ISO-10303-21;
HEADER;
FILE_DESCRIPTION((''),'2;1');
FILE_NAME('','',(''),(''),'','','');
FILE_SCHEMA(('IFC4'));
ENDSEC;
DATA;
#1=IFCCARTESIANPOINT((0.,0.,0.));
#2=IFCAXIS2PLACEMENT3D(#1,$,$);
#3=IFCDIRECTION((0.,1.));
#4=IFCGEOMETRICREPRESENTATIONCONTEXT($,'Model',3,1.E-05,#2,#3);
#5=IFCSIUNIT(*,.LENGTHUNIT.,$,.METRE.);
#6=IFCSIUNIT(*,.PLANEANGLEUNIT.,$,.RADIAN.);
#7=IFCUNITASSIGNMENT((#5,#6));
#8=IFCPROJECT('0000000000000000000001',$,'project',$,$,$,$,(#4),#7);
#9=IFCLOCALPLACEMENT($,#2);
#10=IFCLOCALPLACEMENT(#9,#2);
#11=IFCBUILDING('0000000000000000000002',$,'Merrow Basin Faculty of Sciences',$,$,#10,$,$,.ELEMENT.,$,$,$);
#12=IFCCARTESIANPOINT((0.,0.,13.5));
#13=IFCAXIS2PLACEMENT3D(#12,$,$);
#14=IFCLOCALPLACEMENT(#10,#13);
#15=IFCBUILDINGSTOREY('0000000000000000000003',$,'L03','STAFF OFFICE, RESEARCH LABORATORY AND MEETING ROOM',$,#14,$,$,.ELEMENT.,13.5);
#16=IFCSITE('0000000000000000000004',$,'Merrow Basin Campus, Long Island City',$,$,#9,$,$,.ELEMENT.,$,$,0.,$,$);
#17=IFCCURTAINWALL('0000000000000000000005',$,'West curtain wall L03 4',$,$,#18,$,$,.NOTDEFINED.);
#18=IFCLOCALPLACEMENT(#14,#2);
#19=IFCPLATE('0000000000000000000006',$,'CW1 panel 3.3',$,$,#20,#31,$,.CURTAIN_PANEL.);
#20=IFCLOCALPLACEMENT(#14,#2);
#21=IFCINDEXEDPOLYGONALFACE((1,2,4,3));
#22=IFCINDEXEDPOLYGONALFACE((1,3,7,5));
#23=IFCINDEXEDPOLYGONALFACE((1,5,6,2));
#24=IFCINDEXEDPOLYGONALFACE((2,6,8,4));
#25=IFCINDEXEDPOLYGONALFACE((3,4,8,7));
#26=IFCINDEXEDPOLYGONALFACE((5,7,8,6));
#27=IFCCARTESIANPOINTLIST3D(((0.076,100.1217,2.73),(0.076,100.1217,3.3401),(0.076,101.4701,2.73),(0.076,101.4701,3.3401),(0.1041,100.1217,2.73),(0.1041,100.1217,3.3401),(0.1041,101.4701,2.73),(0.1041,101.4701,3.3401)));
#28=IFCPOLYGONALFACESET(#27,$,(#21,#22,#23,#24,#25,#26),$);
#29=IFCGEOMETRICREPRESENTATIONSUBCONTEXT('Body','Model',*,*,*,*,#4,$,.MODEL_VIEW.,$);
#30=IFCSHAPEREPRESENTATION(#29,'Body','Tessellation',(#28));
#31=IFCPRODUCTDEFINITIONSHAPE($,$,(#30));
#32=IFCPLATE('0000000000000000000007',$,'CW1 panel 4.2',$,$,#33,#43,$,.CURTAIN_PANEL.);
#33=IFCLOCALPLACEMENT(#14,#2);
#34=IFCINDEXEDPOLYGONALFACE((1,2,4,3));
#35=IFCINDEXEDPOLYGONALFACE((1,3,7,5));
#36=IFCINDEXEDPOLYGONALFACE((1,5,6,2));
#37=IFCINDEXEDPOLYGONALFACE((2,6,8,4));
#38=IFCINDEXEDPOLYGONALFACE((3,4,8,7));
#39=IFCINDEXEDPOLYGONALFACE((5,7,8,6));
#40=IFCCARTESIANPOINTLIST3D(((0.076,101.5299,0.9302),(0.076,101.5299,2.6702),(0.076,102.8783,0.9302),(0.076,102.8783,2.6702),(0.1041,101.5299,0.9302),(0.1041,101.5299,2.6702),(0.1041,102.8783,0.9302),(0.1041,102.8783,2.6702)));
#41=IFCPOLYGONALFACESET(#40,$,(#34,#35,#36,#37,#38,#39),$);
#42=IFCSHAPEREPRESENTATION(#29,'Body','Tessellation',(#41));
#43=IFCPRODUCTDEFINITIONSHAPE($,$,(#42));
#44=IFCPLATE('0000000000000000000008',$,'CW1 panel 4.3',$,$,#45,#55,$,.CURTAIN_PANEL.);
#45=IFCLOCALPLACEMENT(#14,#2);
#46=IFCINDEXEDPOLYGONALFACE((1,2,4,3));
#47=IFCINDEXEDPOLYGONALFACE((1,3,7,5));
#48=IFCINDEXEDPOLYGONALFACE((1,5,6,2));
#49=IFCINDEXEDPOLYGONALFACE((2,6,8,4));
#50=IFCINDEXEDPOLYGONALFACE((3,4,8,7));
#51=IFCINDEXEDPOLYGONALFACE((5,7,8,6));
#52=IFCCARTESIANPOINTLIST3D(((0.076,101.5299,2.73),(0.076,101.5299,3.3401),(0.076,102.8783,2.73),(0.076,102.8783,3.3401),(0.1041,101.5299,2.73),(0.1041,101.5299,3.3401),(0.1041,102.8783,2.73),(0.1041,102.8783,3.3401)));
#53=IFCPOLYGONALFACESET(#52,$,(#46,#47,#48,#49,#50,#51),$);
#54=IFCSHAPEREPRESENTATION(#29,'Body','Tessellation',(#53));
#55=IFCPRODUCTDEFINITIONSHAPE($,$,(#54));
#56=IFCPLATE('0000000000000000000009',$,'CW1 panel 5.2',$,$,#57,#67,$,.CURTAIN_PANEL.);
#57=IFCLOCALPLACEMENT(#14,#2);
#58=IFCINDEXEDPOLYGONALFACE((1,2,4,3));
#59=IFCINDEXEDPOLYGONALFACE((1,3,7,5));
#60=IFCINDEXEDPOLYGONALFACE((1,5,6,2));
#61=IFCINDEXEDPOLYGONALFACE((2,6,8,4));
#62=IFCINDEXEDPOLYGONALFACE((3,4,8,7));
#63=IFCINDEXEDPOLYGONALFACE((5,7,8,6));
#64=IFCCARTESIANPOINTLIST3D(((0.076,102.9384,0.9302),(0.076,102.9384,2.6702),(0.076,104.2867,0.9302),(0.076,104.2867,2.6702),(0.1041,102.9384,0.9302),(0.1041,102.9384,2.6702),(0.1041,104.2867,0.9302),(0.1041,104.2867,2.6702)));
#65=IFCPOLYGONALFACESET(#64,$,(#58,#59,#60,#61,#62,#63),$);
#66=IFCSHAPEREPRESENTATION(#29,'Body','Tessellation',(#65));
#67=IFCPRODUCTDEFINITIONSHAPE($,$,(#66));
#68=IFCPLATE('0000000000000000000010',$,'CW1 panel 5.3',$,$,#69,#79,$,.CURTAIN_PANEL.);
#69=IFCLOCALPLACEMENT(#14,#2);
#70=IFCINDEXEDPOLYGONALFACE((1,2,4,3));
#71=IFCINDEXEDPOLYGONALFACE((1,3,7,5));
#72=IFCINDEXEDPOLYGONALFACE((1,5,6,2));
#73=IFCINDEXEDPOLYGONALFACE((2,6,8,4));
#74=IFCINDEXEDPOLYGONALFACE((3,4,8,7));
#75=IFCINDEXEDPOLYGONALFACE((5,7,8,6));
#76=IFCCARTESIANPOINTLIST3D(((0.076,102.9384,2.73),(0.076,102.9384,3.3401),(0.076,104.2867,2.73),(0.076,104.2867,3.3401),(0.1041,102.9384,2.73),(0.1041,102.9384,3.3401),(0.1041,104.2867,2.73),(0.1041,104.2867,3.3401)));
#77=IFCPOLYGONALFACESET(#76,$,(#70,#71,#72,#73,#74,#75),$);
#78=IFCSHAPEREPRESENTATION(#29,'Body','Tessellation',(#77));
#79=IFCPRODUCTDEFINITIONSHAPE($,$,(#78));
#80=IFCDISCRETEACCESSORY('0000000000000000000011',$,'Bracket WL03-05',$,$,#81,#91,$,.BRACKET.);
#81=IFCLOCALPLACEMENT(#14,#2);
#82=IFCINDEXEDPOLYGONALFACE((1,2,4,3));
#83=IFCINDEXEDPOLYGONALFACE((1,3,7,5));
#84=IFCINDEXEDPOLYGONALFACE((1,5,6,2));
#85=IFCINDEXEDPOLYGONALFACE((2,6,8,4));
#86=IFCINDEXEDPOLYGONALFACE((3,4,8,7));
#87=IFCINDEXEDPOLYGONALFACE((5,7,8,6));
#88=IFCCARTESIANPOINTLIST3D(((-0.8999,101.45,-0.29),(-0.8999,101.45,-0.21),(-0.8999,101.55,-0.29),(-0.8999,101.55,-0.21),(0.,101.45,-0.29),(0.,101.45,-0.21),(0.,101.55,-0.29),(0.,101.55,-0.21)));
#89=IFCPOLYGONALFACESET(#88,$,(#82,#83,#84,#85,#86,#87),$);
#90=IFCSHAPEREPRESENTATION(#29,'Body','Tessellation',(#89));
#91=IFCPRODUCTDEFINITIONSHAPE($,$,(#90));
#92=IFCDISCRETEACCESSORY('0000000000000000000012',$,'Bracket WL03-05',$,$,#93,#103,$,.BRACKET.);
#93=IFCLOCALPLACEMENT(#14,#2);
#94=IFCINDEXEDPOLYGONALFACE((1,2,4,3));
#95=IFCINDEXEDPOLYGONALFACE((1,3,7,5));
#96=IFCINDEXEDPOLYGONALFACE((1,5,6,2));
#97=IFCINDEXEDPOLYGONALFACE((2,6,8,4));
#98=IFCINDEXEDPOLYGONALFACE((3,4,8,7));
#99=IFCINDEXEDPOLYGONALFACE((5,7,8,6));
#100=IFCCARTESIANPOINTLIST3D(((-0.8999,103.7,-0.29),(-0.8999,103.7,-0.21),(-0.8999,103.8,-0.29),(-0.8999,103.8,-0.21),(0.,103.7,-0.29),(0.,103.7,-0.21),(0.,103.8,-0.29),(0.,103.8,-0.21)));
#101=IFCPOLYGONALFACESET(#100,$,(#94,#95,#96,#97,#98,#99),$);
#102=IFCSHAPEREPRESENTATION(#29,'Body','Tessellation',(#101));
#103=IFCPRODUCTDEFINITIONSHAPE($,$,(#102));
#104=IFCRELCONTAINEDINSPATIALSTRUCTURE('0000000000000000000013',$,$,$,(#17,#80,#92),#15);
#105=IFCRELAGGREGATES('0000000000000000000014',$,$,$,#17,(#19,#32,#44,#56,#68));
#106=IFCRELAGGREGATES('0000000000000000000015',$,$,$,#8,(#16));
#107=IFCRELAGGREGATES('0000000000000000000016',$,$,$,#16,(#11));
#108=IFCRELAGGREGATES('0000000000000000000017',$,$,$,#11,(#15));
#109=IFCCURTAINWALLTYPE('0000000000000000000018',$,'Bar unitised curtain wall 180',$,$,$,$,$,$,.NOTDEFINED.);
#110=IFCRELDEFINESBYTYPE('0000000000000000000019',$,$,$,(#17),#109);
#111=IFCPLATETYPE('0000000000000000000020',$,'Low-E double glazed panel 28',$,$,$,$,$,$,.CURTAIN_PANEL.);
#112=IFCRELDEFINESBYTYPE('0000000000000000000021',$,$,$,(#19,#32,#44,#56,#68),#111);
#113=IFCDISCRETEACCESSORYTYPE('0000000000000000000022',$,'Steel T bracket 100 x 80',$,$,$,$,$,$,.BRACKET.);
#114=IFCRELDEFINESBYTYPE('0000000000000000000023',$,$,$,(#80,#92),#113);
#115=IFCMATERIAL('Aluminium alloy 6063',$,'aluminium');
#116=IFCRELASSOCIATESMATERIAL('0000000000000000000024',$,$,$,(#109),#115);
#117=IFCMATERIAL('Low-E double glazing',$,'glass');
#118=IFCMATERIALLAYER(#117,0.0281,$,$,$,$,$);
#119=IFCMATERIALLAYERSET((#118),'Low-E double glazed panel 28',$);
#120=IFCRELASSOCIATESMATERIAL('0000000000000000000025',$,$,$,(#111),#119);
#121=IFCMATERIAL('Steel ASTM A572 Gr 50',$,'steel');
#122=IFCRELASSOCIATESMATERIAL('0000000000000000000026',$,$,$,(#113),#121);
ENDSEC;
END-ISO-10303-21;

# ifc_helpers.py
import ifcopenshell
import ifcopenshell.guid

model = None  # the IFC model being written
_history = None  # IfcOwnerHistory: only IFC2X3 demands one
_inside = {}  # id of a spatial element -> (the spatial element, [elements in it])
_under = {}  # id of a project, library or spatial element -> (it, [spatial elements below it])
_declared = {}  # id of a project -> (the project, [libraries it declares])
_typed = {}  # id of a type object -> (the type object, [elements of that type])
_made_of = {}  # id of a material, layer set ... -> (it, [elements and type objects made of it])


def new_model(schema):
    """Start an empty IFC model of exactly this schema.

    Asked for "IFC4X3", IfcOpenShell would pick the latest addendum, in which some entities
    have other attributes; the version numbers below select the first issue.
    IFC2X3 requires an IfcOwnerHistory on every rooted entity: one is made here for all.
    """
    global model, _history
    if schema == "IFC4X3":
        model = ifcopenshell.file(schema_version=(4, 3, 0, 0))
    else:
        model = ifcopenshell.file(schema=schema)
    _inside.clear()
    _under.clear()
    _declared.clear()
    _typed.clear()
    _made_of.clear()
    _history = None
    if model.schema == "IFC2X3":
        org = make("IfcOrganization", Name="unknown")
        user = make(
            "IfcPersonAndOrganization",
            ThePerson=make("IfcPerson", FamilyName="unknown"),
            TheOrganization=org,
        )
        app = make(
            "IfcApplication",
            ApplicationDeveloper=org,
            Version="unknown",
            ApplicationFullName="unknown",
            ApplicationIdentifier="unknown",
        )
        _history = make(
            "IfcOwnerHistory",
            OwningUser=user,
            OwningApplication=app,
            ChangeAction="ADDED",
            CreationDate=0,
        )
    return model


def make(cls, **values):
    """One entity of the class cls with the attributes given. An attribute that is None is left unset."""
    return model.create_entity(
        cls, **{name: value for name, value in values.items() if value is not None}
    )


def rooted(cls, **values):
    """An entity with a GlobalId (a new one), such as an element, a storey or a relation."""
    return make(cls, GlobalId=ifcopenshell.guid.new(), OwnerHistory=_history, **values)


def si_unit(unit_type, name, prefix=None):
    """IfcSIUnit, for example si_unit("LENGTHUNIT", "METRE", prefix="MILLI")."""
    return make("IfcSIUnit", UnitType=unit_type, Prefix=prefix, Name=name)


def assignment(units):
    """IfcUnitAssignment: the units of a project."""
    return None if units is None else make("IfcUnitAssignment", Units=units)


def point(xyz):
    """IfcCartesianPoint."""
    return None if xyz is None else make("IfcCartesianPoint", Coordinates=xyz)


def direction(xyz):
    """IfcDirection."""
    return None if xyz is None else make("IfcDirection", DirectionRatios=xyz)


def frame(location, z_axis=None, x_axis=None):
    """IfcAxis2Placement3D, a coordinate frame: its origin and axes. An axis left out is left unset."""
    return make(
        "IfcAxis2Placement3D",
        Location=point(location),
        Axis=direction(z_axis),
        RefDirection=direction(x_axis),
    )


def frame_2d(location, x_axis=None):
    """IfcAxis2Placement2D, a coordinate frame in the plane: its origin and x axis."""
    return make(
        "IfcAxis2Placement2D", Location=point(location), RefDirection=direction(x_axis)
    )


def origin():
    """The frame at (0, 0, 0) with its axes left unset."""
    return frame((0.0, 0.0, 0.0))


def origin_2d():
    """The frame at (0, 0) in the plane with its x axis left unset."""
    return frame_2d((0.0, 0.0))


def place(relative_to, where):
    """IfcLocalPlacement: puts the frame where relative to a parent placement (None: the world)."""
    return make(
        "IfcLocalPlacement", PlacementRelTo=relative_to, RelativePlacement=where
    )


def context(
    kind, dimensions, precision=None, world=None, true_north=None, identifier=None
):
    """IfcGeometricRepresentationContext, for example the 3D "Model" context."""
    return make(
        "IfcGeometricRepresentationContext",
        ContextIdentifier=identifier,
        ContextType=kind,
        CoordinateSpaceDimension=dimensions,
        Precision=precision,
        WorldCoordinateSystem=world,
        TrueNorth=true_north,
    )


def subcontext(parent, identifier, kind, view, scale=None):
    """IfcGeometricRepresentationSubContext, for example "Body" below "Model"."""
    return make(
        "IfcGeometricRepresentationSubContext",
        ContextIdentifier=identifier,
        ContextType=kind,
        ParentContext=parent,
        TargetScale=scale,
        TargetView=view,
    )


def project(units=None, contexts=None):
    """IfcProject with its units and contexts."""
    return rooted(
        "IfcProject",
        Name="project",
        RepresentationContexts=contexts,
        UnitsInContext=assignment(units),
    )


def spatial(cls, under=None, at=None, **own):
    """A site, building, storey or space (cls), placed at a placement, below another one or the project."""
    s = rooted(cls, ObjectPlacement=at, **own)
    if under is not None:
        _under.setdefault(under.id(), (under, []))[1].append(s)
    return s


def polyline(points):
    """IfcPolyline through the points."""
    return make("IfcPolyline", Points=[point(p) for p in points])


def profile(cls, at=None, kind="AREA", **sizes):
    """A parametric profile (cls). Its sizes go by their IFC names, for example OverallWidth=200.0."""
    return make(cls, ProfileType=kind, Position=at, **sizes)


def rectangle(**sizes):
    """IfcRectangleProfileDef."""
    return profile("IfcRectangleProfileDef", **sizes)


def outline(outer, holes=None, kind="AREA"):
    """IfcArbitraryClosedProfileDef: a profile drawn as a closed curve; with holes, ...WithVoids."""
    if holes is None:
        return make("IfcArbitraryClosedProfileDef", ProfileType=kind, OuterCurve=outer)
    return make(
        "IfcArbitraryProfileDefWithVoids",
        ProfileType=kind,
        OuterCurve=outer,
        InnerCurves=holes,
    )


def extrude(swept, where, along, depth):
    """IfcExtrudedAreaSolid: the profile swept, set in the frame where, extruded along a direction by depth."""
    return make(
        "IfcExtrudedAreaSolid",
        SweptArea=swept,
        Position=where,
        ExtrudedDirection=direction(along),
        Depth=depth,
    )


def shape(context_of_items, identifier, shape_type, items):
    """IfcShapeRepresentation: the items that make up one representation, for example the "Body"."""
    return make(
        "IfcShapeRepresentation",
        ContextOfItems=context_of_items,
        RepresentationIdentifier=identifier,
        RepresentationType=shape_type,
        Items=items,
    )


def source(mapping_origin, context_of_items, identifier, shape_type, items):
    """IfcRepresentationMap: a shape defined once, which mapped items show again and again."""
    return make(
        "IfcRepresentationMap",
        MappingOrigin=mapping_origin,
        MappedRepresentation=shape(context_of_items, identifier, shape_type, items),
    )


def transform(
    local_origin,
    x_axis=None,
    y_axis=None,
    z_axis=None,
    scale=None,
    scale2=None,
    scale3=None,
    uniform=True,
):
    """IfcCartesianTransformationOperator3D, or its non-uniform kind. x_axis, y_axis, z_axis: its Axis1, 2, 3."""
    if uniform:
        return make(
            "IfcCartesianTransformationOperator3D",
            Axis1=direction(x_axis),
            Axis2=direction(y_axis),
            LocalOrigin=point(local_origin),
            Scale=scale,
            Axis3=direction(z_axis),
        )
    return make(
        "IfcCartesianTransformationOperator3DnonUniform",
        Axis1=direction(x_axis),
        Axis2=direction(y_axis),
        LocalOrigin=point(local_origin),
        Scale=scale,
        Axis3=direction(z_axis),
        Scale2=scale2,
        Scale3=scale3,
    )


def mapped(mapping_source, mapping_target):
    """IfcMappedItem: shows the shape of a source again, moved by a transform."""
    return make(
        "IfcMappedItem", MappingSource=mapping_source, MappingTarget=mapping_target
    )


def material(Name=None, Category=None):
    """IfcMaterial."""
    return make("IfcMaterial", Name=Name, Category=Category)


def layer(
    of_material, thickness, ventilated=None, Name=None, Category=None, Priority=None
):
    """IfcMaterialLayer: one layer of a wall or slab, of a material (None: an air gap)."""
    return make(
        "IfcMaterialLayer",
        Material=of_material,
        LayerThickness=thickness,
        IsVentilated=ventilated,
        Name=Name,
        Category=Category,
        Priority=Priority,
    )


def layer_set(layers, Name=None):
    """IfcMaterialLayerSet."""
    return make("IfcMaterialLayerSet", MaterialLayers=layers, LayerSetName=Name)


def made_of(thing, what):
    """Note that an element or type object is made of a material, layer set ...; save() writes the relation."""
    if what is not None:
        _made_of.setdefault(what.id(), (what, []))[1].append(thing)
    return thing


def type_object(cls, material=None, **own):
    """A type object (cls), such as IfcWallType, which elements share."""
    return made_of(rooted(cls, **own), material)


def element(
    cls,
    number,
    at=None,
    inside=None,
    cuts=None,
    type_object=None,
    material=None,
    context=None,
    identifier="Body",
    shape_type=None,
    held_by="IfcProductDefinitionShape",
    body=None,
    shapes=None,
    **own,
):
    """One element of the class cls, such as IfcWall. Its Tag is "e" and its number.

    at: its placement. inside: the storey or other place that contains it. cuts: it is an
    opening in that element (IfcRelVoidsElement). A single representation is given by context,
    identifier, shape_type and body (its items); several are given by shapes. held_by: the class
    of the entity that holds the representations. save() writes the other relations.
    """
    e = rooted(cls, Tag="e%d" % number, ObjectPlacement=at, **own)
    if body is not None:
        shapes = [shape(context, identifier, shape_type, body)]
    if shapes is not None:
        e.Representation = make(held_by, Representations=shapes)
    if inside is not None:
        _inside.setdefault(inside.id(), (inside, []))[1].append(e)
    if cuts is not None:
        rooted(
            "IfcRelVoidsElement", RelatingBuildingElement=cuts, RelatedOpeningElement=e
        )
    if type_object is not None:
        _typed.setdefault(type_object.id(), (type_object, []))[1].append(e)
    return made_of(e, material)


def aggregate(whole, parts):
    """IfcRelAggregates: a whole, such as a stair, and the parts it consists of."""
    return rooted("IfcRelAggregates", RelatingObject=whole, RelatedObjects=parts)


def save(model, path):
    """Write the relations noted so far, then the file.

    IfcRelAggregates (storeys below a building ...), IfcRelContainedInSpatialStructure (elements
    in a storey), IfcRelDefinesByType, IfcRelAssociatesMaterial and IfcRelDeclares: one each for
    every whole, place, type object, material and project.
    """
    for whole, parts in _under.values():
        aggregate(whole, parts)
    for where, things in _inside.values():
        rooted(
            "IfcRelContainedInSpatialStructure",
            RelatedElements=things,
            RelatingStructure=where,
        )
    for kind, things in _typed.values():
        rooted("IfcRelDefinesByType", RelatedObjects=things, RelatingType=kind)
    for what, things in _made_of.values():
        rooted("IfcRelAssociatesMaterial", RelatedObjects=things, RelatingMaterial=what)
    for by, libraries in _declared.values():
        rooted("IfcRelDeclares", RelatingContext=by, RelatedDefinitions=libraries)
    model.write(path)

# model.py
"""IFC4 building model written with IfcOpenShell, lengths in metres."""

from ifc_helpers import new_model, si_unit, direction, frame, origin, origin_2d, place, context, subcontext, project, spatial, polyline, rectangle, outline, extrude, source, transform, mapped, material, layer, layer_set, type_object, element, aggregate, save


model = new_model("IFC4")

# Units and contexts
model_context = context("Model", 3, precision=1e-05, world=origin(), true_north=direction((0.0, 1.0)))
body_context = subcontext(model_context, "Body", "Model", "MODEL_VIEW")
ifc_project = project(units=[si_unit("LENGTHUNIT", "METRE"), si_unit("PLANEANGLEUNIT", "RADIAN")], contexts=[model_context])

# Site, building, storey
site_placement = place(None, origin())
site = spatial("IfcSite", under=ifc_project, at=site_placement, Name="Merrow Basin Campus, Long Island City", CompositionType="ELEMENT", RefElevation=0.0)
building_placement = place(site_placement, origin())
building = spatial("IfcBuilding", under=site, at=building_placement, Name="Merrow Basin Faculty of Sciences", CompositionType="ELEMENT")
storey_placement = place(building_placement, frame((0.0, 0.0, 13.5)))
storey = spatial("IfcBuildingStorey", under=building, at=storey_placement, Name="L03", Description="STAFF OFFICE, RESEARCH LABORATORY AND MEETING ROOM", CompositionType="ELEMENT", Elevation=13.5)

# Curtain wall, plates
ifc_material_1 = material(Name="Aluminium alloy 6063", Category="aluminium")
curtain_wall_type = type_object("IfcCurtainWallType", Name="Bar unitised curtain wall 180", PredefinedType="NOTDEFINED", material=ifc_material_1)
curtain_wall_placement = place(storey_placement, origin())
curtain_wall = element("IfcCurtainWall", 1, at=curtain_wall_placement, inside=storey, type_object=curtain_wall_type, Name="West curtain wall L03 4", PredefinedType="NOTDEFINED")
ifc_material_2 = material(Name="Low-E double glazing", Category="glass")
ifc_layer_1 = layer(ifc_material_2, 0.0281)
ifc_layer_set_1 = layer_set([ifc_layer_1], Name="Low-E double glazed panel 28")
plate_type_1 = type_object("IfcPlateType", Name="Low-E double glazed panel 28", PredefinedType="CURTAIN_PANEL", material=ifc_layer_set_1)
plate_1_placement = place(storey_placement, frame((0.0901, 100.7959, 2.73), z_axis=(0.0, 0.0, 1.0), x_axis=(0.0, 1.0, 0.0)))
plate_1 = element("IfcPlate", 2, at=plate_1_placement, type_object=plate_type_1, Name="CW1 panel 3.3", PredefinedType="CURTAIN_PANEL", context=body_context, shape_type="SweptSolid", body=[
    extrude(rectangle(XDim=1.3484, YDim=0.0281, at=origin_2d()), origin(), (0.0, 0.0, 1.0), 0.6101),
])
plate_2_placement = place(storey_placement, frame((0.0901, 102.2041, 0.9302), z_axis=(0.0, 0.0, 1.0), x_axis=(0.0, 1.0, 0.0)))
plate_2 = element("IfcPlate", 3, at=plate_2_placement, type_object=plate_type_1, Name="CW1 panel 4.2", PredefinedType="CURTAIN_PANEL", context=body_context, shape_type="SweptSolid", body=[
    extrude(rectangle(XDim=1.3484, YDim=0.0281, at=origin_2d()), origin(), (0.0, 0.0, 1.0), 1.74),
])
plate_3_placement = place(storey_placement, frame((0.0901, 102.2041, 2.73), z_axis=(0.0, 0.0, 1.0), x_axis=(0.0, 1.0, 0.0)))
plate_3 = element("IfcPlate", 4, at=plate_3_placement, type_object=plate_type_1, Name="CW1 panel 4.3", PredefinedType="CURTAIN_PANEL", context=body_context, shape_type="SweptSolid", body=[
    extrude(rectangle(XDim=1.3484, YDim=0.0281, at=origin_2d()), origin(), (0.0, 0.0, 1.0), 0.6101),
])
plate_4_placement = place(storey_placement, frame((0.0901, 103.6125, 0.9302), z_axis=(0.0, 0.0, 1.0), x_axis=(0.0, 1.0, 0.0)))
plate_4 = element("IfcPlate", 5, at=plate_4_placement, type_object=plate_type_1, Name="CW1 panel 5.2", PredefinedType="CURTAIN_PANEL", context=body_context, shape_type="SweptSolid", body=[
    extrude(rectangle(XDim=1.3484, YDim=0.0281, at=origin_2d()), origin(), (0.0, 0.0, 1.0), 1.74),
])
plate_5_placement = place(storey_placement, frame((0.0901, 103.6125, 2.73), z_axis=(0.0, 0.0, 1.0), x_axis=(0.0, 1.0, 0.0)))
plate_5 = element("IfcPlate", 6, at=plate_5_placement, type_object=plate_type_1, Name="CW1 panel 5.3", PredefinedType="CURTAIN_PANEL", context=body_context, shape_type="SweptSolid", body=[
    extrude(rectangle(XDim=1.3484, YDim=0.0281, at=origin_2d()), origin(), (0.0, 0.0, 1.0), 0.6101),
])
aggregate(curtain_wall, [plate_1, plate_2, plate_3, plate_4, plate_5])

# Discrete accessories
ifc_material_3 = material(Name="Steel ASTM A572 Gr 50", Category="steel")
discrete_accessory_type = type_object("IfcDiscreteAccessoryType", Name="Steel T bracket 100 x 80", PredefinedType="BRACKET", material=ifc_material_3)
shared_shape = source(origin(), body_context, "Body", "SweptSolid", [
    extrude(outline(polyline([(0.0, 0.0), (0.1001, 0.0), (0.1001, 0.0801), (0.0, 0.0801), (0.0, 0.0)])), origin(), (0.0, 0.0, 1.0), 0.8999),
])
for number, where, z_axis, x_axis, name in (
    (7, (-0.8999, 101.45, -0.29), (1.0, 0.0, 0.0), (0.0, 1.0, 0.0), "Bracket WL03-05"),
    (8, (-0.8999, 103.7, -0.29), (1.0, 0.0, 0.0), (0.0, 1.0, 0.0), "Bracket WL03-05"),
):
    element("IfcDiscreteAccessory", number, at=place(storey_placement, frame(where, z_axis=z_axis, x_axis=x_axis)), inside=storey, type_object=discrete_accessory_type, Name=name, PredefinedType="BRACKET", context=body_context, shape_type="MappedRepresentation", body=[
        mapped(shared_shape, transform((0.0, 0.0, 0.0), scale=1.0)),
    ])

save(model, "model.ifc")
